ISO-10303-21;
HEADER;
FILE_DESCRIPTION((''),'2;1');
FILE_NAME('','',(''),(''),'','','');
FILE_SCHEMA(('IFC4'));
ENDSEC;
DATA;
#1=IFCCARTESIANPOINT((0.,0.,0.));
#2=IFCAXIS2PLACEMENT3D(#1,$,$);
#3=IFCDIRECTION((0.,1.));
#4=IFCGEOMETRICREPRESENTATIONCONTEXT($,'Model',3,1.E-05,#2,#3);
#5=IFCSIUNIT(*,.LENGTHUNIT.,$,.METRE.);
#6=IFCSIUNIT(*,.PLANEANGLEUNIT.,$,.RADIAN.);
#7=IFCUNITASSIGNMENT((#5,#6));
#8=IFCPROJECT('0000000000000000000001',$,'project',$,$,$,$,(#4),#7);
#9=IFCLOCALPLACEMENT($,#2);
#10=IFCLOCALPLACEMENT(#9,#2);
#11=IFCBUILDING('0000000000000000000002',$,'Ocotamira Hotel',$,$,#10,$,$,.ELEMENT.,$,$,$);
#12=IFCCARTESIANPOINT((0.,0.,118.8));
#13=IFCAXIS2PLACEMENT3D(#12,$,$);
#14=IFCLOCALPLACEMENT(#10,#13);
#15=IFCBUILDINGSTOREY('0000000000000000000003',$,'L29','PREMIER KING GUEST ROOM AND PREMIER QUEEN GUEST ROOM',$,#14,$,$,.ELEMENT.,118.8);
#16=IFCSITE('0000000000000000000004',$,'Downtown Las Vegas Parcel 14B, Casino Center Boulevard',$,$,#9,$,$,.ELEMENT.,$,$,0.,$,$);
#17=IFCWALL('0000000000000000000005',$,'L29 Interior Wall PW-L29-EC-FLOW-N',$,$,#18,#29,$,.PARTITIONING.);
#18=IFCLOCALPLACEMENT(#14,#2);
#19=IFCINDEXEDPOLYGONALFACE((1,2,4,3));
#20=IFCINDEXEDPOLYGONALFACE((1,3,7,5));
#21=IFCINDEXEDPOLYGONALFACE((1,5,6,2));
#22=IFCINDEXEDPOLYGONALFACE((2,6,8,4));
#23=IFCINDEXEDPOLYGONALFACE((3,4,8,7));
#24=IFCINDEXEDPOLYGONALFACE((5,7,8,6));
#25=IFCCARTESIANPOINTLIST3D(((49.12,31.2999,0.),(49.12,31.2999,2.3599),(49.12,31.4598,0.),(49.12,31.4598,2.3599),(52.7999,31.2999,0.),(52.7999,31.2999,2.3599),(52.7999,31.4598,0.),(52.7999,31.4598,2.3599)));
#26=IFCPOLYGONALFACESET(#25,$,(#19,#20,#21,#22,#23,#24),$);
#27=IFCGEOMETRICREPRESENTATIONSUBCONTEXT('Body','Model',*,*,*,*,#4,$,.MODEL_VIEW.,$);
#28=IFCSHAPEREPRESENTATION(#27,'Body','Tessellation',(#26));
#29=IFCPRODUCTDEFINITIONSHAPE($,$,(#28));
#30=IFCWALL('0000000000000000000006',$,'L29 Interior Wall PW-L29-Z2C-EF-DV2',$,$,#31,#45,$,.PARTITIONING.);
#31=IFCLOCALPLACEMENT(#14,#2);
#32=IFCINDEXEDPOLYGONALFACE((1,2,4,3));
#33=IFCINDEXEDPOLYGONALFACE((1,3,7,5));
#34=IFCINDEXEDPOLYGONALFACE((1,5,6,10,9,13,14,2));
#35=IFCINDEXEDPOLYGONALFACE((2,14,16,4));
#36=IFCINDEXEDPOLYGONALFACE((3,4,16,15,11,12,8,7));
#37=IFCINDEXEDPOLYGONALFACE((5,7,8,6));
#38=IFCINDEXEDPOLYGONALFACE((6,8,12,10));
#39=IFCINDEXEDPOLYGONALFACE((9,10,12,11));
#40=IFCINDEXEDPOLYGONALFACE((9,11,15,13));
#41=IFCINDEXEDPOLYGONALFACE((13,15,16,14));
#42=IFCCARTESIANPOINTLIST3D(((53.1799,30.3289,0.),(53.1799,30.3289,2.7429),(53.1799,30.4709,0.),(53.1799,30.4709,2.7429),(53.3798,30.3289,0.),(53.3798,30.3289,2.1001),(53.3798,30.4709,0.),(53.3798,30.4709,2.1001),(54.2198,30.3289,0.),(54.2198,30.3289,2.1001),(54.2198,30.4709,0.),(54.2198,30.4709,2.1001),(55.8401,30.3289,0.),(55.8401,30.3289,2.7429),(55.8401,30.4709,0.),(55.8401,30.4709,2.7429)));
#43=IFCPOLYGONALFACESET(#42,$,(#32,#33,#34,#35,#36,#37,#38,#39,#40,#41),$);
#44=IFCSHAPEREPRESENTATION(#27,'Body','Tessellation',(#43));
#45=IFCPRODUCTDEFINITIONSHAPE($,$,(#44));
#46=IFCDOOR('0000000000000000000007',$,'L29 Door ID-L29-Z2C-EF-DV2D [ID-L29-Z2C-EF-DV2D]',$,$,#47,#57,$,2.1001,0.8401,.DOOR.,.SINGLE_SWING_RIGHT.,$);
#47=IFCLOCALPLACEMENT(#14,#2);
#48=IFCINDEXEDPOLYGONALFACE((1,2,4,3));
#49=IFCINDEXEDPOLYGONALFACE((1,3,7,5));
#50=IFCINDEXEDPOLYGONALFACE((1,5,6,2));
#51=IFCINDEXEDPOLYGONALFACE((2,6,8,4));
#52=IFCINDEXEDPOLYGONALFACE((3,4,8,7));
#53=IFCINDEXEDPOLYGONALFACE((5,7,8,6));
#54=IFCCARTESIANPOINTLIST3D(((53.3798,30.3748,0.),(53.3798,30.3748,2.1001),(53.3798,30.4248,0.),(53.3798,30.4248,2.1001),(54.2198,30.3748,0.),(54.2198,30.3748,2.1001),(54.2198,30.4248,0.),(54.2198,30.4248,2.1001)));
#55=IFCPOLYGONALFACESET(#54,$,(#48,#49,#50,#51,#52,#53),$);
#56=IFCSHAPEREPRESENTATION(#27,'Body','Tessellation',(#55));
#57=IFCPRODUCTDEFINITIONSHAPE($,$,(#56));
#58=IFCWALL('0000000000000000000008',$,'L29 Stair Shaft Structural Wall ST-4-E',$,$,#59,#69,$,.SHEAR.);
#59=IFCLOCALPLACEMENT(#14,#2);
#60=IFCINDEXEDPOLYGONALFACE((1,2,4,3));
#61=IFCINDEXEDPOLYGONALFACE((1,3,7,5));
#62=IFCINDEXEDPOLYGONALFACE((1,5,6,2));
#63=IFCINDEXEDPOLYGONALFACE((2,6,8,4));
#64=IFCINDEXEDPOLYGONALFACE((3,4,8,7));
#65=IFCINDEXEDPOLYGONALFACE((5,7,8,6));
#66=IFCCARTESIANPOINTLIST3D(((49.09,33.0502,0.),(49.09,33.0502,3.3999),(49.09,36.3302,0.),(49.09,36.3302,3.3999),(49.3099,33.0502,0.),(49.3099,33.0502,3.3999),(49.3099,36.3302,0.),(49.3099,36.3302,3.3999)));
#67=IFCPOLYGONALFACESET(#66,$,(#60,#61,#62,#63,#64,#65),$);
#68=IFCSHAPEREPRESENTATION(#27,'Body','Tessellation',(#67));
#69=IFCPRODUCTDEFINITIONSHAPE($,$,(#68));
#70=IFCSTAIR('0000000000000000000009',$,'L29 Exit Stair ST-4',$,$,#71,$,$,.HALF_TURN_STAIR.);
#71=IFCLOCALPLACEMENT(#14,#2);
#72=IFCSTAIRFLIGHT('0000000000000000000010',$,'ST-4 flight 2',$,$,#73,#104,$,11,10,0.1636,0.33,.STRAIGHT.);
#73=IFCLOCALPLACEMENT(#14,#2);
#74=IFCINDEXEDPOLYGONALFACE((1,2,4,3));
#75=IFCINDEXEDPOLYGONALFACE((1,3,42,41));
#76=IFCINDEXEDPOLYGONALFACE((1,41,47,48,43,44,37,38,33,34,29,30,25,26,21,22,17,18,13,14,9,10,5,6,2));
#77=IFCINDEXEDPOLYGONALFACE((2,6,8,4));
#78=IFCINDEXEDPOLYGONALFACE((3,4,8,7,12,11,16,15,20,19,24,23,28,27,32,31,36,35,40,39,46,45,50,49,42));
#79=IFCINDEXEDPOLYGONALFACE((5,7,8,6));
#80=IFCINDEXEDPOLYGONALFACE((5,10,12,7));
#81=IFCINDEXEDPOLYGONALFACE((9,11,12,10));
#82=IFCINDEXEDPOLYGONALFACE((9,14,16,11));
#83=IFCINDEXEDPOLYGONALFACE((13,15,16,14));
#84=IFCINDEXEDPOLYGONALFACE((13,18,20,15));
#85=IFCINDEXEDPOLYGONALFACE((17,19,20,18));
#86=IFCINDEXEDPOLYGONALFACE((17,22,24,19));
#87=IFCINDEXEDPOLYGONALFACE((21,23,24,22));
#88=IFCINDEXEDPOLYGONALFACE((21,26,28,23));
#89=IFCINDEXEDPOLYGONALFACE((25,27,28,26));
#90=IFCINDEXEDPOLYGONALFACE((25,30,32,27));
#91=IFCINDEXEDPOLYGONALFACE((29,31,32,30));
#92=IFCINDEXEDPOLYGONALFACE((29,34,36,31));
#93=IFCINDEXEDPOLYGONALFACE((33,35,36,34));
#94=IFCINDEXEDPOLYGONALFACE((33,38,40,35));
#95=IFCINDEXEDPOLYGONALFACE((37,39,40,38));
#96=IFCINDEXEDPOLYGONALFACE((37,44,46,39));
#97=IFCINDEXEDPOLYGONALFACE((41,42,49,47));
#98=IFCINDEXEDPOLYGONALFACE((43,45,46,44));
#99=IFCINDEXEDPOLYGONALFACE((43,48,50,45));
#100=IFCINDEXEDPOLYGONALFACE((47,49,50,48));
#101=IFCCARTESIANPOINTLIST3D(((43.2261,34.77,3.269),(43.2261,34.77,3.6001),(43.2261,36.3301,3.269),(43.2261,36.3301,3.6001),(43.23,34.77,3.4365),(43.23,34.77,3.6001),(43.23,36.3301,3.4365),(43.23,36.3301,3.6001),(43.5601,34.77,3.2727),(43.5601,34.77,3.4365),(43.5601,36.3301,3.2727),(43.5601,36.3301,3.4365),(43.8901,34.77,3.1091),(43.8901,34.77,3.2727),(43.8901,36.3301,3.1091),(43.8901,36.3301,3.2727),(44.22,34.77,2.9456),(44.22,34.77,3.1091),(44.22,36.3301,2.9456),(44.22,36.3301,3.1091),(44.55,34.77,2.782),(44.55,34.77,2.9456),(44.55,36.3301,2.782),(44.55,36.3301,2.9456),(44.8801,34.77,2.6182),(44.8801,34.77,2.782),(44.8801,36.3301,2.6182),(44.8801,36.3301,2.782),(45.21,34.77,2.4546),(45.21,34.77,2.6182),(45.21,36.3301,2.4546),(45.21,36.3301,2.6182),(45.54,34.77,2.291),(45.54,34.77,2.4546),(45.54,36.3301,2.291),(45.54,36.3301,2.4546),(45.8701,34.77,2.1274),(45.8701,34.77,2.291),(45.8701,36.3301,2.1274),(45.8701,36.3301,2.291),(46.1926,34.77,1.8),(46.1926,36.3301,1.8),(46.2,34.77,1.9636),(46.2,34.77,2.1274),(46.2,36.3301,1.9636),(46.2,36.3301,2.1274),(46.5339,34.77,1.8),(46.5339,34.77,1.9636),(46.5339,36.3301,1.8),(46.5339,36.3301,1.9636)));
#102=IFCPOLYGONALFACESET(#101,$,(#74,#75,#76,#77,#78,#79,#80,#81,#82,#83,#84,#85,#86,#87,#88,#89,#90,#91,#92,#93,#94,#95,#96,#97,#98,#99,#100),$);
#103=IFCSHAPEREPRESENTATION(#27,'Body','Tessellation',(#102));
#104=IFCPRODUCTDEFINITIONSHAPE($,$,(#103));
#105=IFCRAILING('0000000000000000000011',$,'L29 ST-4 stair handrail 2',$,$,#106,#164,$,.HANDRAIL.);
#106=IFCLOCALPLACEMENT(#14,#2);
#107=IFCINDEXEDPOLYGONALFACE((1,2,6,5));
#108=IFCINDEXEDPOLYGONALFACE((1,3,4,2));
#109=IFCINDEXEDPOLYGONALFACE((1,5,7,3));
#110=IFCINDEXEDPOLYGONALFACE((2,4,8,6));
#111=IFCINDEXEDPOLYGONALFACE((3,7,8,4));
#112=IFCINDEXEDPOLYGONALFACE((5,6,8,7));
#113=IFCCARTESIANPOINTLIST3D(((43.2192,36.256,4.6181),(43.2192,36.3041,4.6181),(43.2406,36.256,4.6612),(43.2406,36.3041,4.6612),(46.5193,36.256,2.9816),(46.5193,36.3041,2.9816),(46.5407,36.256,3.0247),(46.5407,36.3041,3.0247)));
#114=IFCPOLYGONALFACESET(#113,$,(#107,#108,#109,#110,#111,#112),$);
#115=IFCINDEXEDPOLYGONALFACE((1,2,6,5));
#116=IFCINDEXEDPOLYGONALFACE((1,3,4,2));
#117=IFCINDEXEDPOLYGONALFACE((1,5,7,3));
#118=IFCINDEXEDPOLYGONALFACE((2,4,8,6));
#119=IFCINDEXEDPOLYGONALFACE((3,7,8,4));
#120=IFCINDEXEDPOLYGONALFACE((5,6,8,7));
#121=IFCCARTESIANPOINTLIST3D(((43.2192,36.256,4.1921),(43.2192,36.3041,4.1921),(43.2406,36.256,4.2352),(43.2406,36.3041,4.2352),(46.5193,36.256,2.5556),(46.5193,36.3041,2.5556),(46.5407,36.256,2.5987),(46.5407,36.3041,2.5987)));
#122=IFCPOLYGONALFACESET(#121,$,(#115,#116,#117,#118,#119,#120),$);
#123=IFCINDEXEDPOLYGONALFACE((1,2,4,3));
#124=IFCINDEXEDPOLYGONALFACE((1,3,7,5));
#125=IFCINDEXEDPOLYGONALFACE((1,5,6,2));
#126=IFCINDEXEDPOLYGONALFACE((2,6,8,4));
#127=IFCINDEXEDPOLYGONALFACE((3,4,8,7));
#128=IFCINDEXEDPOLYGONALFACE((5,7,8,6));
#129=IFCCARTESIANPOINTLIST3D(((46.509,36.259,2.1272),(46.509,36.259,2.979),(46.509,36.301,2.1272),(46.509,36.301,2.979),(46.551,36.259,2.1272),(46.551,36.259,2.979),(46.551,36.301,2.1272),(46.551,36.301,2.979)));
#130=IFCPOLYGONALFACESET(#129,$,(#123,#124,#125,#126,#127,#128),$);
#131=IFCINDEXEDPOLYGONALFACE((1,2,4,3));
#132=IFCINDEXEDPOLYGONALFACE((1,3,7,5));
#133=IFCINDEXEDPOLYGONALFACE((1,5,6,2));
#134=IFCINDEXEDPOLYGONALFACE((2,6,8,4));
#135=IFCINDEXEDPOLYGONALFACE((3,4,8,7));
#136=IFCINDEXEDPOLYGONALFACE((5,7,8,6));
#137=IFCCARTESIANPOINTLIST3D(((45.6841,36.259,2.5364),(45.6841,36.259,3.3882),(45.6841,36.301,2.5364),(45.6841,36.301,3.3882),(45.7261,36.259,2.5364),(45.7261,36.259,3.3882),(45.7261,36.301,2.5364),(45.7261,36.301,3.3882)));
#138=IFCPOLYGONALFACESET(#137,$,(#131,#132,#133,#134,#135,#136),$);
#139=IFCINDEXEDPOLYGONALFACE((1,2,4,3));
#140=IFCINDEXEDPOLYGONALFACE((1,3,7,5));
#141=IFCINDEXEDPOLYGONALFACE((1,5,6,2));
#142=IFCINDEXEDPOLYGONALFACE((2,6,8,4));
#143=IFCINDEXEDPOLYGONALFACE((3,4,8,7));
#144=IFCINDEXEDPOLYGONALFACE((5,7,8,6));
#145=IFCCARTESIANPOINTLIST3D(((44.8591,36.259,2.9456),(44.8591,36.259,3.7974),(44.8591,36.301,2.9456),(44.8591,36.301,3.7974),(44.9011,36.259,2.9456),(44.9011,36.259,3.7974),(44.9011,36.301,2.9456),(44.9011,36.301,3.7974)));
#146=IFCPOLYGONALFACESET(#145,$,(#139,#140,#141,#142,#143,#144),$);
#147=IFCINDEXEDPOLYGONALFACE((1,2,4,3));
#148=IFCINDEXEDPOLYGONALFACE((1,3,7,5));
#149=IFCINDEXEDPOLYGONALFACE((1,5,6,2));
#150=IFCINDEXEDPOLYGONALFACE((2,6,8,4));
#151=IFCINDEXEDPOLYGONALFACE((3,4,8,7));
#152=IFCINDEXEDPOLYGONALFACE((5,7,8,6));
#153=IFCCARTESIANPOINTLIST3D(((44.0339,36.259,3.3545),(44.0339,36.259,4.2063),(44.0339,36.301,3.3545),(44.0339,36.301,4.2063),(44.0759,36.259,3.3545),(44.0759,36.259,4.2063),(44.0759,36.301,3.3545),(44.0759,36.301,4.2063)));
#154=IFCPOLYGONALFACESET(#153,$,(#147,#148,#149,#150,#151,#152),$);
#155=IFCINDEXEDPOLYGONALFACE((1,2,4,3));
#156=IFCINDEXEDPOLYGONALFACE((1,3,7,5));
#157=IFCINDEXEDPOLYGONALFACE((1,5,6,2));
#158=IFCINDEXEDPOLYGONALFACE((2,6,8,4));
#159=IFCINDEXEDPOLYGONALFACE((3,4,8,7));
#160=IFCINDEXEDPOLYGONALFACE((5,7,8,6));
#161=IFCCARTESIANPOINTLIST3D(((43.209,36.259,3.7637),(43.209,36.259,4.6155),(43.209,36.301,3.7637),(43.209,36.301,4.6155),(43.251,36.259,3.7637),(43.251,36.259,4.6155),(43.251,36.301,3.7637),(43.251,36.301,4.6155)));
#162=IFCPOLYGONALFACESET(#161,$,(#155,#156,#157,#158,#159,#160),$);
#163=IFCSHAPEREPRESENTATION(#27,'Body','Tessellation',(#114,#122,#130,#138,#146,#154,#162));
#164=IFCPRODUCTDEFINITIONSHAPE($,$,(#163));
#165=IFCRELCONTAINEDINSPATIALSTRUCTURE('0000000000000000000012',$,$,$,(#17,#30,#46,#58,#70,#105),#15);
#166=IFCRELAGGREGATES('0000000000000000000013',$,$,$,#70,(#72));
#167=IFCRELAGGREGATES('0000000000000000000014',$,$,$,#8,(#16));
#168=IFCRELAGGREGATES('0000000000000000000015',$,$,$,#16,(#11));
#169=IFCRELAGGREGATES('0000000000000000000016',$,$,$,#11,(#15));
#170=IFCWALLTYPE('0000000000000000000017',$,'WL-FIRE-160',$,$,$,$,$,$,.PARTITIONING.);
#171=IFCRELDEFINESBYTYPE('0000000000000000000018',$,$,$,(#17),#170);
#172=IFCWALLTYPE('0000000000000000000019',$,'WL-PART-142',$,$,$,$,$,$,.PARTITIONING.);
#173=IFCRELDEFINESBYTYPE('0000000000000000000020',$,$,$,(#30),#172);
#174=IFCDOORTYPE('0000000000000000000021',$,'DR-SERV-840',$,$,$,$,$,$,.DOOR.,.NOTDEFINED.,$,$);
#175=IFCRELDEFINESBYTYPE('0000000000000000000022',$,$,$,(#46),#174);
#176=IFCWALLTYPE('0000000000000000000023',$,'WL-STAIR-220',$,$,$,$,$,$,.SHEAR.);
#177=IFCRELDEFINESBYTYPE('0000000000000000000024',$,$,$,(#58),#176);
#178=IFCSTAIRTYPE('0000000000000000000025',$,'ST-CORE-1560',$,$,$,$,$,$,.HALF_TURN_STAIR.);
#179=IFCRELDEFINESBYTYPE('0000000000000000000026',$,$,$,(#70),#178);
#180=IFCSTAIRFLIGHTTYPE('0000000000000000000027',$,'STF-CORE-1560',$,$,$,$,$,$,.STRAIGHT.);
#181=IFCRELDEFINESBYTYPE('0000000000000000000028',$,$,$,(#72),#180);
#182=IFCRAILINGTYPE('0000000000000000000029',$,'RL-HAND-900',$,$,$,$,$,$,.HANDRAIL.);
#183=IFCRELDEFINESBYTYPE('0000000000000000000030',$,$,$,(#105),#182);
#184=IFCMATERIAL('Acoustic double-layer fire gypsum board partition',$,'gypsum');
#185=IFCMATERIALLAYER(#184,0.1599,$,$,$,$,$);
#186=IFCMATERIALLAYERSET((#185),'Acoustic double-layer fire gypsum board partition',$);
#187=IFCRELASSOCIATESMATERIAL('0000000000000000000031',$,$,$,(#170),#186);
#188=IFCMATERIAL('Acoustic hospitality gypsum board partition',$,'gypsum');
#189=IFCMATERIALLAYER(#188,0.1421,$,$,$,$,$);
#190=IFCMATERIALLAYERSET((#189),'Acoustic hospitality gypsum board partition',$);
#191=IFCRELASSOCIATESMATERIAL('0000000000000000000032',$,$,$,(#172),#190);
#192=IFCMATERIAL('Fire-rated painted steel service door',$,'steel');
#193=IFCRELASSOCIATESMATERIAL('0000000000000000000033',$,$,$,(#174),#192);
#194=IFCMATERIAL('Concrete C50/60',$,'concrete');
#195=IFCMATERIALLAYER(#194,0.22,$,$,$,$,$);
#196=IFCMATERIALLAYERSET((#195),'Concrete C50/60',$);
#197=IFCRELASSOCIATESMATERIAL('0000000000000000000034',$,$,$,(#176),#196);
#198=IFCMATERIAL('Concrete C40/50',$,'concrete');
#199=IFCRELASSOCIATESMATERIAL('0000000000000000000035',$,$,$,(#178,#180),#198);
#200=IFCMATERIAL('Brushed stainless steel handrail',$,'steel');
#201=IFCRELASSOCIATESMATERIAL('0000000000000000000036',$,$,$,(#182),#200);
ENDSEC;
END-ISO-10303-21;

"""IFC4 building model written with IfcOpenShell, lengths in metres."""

from ifc_helpers import new_model, si_unit, direction, frame, frame_2d, origin, origin_2d, place, context, subcontext, project, spatial, polyline, rectangle, outline, extrude, source, transform, mapped, material, layer, layer_set, type_object, element, fill, aggregate, save


model = new_model("IFC4")

# Units and contexts
model_context = context("Model", 3, precision=1e-05, world=origin(), true_north=direction((0.0, 1.0)))
body_context = subcontext(model_context, "Body", "Model", "MODEL_VIEW")
ifc_project = project(units=[si_unit("LENGTHUNIT", "METRE"), si_unit("PLANEANGLEUNIT", "RADIAN")], contexts=[model_context])

# Site, building, storey
site_placement = place(None, origin())
site = spatial("IfcSite", under=ifc_project, at=site_placement, Name="Downtown Las Vegas Parcel 14B, Casino Center Boulevard", CompositionType="ELEMENT", RefElevation=0.0)
building_placement = place(site_placement, origin())
building = spatial("IfcBuilding", under=site, at=building_placement, Name="Ocotamira Hotel", CompositionType="ELEMENT")
storey_placement = place(building_placement, frame((0.0, 0.0, 118.8)))
storey = spatial("IfcBuildingStorey", under=building, at=storey_placement, Name="L29", Description="PREMIER KING GUEST ROOM AND PREMIER QUEEN GUEST ROOM", CompositionType="ELEMENT", Elevation=118.8)

# Wall
ifc_material_1 = material(Name="Acoustic double-layer fire gypsum board partition", Category="gypsum")
ifc_layer_1 = layer(ifc_material_1, 0.1599)
ifc_layer_set_1 = layer_set([ifc_layer_1], Name="Acoustic double-layer fire gypsum board partition")
wall_type_1 = type_object("IfcWallType", Name="WL-FIRE-160", PredefinedType="PARTITIONING", material=ifc_layer_set_1)
wall_1_placement = place(storey_placement, frame((49.1201, 31.3799, 0.0), z_axis=(0.0, 0.0, 1.0), x_axis=(1.0, 0.0, 0.0)))
element("IfcWall", 1, at=wall_1_placement, inside=storey, type_object=wall_type_1, Name="L29 Interior Wall PW-L29-EC-FLOW-N", PredefinedType="PARTITIONING", context=body_context, shape_type="SweptSolid", body=[
    extrude(rectangle(XDim=3.6799, YDim=0.1599, at=frame_2d((1.8398, 0.0))), origin(), (0.0, 0.0, 1.0), 2.3599),
])

# Wall, opening, door
ifc_material_2 = material(Name="Acoustic hospitality gypsum board partition", Category="gypsum")
ifc_layer_2 = layer(ifc_material_2, 0.1421)
ifc_layer_set_2 = layer_set([ifc_layer_2], Name="Acoustic hospitality gypsum board partition")
wall_type_2 = type_object("IfcWallType", Name="WL-PART-142", PredefinedType="PARTITIONING", material=ifc_layer_set_2)
wall_2_placement = place(storey_placement, frame((53.1799, 30.3999, 0.0), z_axis=(0.0, 0.0, 1.0), x_axis=(1.0, 0.0, 0.0)))
wall_2 = element("IfcWall", 2, at=wall_2_placement, inside=storey, type_object=wall_type_2, Name="L29 Interior Wall PW-L29-Z2C-EF-DV2", PredefinedType="PARTITIONING", context=body_context, shape_type="SweptSolid", body=[
    extrude(rectangle(XDim=2.6602, YDim=0.1421, at=frame_2d((1.3301, 0.0))), origin(), (0.0, 0.0, 1.0), 2.7429),
])
opening_1_placement = place(wall_2_placement, frame((0.2, 0.0, 0.0)))
opening_1 = element("IfcOpeningElement", 3, at=opening_1_placement, cuts=wall_2, PredefinedType="OPENING", context=body_context, shape_type="SweptSolid", body=[
    extrude(rectangle(XDim=0.8401, YDim=2.1001, at=frame_2d((0.4199, 1.05))), frame((0.0, 0.0811, 0.0), z_axis=(0.0, -1.0, 0.0), x_axis=(1.0, 0.0, 0.0)), (0.0, 0.0, 1.0), 0.1621),
])
ifc_material_3 = material(Name="Fire-rated painted steel service door", Category="steel")
door_type_1 = type_object("IfcDoorType", Name="DR-SERV-840", OperationType="NOTDEFINED", PredefinedType="DOOR", material=ifc_material_3)
shared_shape_1 = source(origin(), body_context, "Body", "SweptSolid", [
    extrude(rectangle(XDim=0.8401, YDim=2.1001, at=frame_2d((0.4199, 1.05))), frame((0.0, 0.0249, 0.0), z_axis=(0.0, -1.0, 0.0), x_axis=(1.0, 0.0, 0.0)), (0.0, 0.0, 1.0), 0.05),
])
door_1_placement = place(opening_1_placement, origin())
door_1 = element("IfcDoor", 4, at=door_1_placement, inside=storey, type_object=door_type_1, Name="L29 Door ID-L29-Z2C-EF-DV2D [ID-L29-Z2C-EF-DV2D]", OperationType="SINGLE_SWING_RIGHT", OverallHeight=2.1001, OverallWidth=0.8401, PredefinedType="DOOR", context=body_context, shape_type="MappedRepresentation", body=[
    mapped(shared_shape_1, transform((0.0, 0.0, 0.0), scale=1.0)),
])
fill(opening_1, door_1)

# Wall
ifc_material_4 = material(Name="Concrete C50/60", Category="concrete")
ifc_layer_3 = layer(ifc_material_4, 0.22)
ifc_layer_set_3 = layer_set([ifc_layer_3], Name="Concrete C50/60")
wall_type_3 = type_object("IfcWallType", Name="WL-STAIR-220", PredefinedType="SHEAR", material=ifc_layer_set_3)
wall_3_placement = place(storey_placement, frame((49.2, 33.05, 0.0), z_axis=(0.0, 0.0, 1.0), x_axis=(0.0, 1.0, 0.0)))
element("IfcWall", 5, at=wall_3_placement, inside=storey, type_object=wall_type_3, Name="L29 Stair Shaft Structural Wall ST-4-E", PredefinedType="SHEAR", context=body_context, shape_type="SweptSolid", body=[
    extrude(rectangle(XDim=3.28, YDim=0.22, at=frame_2d((1.6401, 0.0))), origin(), (0.0, 0.0, 1.0), 3.3999),
])

# Stair, stair flight
ifc_material_5 = material(Name="Concrete C40/50", Category="concrete")
stair_type = type_object("IfcStairType", Name="ST-CORE-1560", PredefinedType="HALF_TURN_STAIR", material=ifc_material_5)
stair_placement = place(storey_placement, origin())
stair = element("IfcStair", 6, at=stair_placement, inside=storey, type_object=stair_type, Name="L29 Exit Stair ST-4", PredefinedType="HALF_TURN_STAIR")
stair_flight_type = type_object("IfcStairFlightType", Name="STF-CORE-1560", PredefinedType="STRAIGHT", material=ifc_material_5)
shared_shape_2 = source(origin(), body_context, "Body", "SweptSolid", [
    extrude(outline(polyline([(-0.0039, 0.0), (-0.0039, 0.1636), (0.3301, 0.1636), (0.3301, 0.3274), (0.6599, 0.3274), (0.6599, 0.491), (0.99, 0.491), (0.99, 0.6545), (1.3201, 0.6545), (1.3201, 0.8181), (1.6499, 0.8181), (1.6499, 0.9819), (1.98, 0.9819), (1.98, 1.1455), (2.3101, 1.1455), (2.3101, 1.3091), (2.6399, 1.3091), (2.6399, 1.4727), (2.97, 1.4727), (2.97, 1.6365), (3.3, 1.6365), (3.3, 1.8), (3.304, 1.8), (3.304, 1.469), (0.3374, 0.0), (-0.0039, 0.0)])), frame((0.0, 0.78, 0.0), z_axis=(0.0, -1.0, 0.0), x_axis=(1.0, 0.0, 0.0)), (0.0, 0.0, 1.0), 1.5601),
])
stair_flight_placement = place(storey_placement, frame((46.53, 35.55, 1.8), z_axis=(0.0, 0.0, 1.0), x_axis=(-1.0, 0.0, 0.0)))
stair_flight = element("IfcStairFlight", 7, at=stair_flight_placement, type_object=stair_flight_type, Name="ST-4 flight 2", NumberOfRisers=11, NumberOfTreads=10, PredefinedType="STRAIGHT", RiserHeight=0.1636, TreadLength=0.33, context=body_context, shape_type="MappedRepresentation", body=[
    mapped(shared_shape_2, transform((0.0, 0.0, 0.0), scale=1.0)),
])
aggregate(stair, [stair_flight])

# Railing
ifc_material_6 = material(Name="Brushed stainless steel handrail", Category="steel")
railing_type_1 = type_object("IfcRailingType", Name="RL-HAND-900", PredefinedType="HANDRAIL", material=ifc_material_6)
railing_1_placement = place(storey_placement, frame((46.53, 36.28, 2.1272)))
element("IfcRailing", 8, at=railing_1_placement, inside=storey, type_object=railing_type_1, Name="L29 ST-4 stair handrail 2", PredefinedType="HANDRAIL", context=body_context, shape_type="SweptSolid", body=[
    extrude(rectangle(XDim=0.0481, YDim=0.0481, at=origin_2d()), frame((0.0, 0.0, 0.876), z_axis=(-0.895894, 0.0, 0.444268), x_axis=(0.0, -1.0, 0.0)), (0.0, 0.0, 1.0), 3.6836),
    extrude(rectangle(XDim=0.0481, YDim=0.0481, at=origin_2d()), frame((0.0, 0.0, 0.45), z_axis=(-0.895894, 0.0, 0.444268), x_axis=(0.0, -1.0, 0.0)), (0.0, 0.0, 1.0), 3.6836),
    extrude(rectangle(XDim=0.042, YDim=0.042, at=origin_2d()), origin(), (0.0, 0.0, 1.0), 0.8518),
    extrude(rectangle(XDim=0.042, YDim=0.042, at=origin_2d()), frame((-0.825, 0.0, 0.4092)), (0.0, 0.0, 1.0), 0.8518),
    extrude(rectangle(XDim=0.042, YDim=0.042, at=origin_2d()), frame((-1.6499, 0.0, 0.8184)), (0.0, 0.0, 1.0), 0.8518),
    extrude(rectangle(XDim=0.042, YDim=0.042, at=origin_2d()), frame((-2.4751, 0.0, 1.2273)), (0.0, 0.0, 1.0), 0.8518),
    extrude(rectangle(XDim=0.042, YDim=0.042, at=origin_2d()), frame((-3.3, 0.0, 1.6365)), (0.0, 0.0, 1.0), 0.8518),
])

save(model, "model.ifc")
